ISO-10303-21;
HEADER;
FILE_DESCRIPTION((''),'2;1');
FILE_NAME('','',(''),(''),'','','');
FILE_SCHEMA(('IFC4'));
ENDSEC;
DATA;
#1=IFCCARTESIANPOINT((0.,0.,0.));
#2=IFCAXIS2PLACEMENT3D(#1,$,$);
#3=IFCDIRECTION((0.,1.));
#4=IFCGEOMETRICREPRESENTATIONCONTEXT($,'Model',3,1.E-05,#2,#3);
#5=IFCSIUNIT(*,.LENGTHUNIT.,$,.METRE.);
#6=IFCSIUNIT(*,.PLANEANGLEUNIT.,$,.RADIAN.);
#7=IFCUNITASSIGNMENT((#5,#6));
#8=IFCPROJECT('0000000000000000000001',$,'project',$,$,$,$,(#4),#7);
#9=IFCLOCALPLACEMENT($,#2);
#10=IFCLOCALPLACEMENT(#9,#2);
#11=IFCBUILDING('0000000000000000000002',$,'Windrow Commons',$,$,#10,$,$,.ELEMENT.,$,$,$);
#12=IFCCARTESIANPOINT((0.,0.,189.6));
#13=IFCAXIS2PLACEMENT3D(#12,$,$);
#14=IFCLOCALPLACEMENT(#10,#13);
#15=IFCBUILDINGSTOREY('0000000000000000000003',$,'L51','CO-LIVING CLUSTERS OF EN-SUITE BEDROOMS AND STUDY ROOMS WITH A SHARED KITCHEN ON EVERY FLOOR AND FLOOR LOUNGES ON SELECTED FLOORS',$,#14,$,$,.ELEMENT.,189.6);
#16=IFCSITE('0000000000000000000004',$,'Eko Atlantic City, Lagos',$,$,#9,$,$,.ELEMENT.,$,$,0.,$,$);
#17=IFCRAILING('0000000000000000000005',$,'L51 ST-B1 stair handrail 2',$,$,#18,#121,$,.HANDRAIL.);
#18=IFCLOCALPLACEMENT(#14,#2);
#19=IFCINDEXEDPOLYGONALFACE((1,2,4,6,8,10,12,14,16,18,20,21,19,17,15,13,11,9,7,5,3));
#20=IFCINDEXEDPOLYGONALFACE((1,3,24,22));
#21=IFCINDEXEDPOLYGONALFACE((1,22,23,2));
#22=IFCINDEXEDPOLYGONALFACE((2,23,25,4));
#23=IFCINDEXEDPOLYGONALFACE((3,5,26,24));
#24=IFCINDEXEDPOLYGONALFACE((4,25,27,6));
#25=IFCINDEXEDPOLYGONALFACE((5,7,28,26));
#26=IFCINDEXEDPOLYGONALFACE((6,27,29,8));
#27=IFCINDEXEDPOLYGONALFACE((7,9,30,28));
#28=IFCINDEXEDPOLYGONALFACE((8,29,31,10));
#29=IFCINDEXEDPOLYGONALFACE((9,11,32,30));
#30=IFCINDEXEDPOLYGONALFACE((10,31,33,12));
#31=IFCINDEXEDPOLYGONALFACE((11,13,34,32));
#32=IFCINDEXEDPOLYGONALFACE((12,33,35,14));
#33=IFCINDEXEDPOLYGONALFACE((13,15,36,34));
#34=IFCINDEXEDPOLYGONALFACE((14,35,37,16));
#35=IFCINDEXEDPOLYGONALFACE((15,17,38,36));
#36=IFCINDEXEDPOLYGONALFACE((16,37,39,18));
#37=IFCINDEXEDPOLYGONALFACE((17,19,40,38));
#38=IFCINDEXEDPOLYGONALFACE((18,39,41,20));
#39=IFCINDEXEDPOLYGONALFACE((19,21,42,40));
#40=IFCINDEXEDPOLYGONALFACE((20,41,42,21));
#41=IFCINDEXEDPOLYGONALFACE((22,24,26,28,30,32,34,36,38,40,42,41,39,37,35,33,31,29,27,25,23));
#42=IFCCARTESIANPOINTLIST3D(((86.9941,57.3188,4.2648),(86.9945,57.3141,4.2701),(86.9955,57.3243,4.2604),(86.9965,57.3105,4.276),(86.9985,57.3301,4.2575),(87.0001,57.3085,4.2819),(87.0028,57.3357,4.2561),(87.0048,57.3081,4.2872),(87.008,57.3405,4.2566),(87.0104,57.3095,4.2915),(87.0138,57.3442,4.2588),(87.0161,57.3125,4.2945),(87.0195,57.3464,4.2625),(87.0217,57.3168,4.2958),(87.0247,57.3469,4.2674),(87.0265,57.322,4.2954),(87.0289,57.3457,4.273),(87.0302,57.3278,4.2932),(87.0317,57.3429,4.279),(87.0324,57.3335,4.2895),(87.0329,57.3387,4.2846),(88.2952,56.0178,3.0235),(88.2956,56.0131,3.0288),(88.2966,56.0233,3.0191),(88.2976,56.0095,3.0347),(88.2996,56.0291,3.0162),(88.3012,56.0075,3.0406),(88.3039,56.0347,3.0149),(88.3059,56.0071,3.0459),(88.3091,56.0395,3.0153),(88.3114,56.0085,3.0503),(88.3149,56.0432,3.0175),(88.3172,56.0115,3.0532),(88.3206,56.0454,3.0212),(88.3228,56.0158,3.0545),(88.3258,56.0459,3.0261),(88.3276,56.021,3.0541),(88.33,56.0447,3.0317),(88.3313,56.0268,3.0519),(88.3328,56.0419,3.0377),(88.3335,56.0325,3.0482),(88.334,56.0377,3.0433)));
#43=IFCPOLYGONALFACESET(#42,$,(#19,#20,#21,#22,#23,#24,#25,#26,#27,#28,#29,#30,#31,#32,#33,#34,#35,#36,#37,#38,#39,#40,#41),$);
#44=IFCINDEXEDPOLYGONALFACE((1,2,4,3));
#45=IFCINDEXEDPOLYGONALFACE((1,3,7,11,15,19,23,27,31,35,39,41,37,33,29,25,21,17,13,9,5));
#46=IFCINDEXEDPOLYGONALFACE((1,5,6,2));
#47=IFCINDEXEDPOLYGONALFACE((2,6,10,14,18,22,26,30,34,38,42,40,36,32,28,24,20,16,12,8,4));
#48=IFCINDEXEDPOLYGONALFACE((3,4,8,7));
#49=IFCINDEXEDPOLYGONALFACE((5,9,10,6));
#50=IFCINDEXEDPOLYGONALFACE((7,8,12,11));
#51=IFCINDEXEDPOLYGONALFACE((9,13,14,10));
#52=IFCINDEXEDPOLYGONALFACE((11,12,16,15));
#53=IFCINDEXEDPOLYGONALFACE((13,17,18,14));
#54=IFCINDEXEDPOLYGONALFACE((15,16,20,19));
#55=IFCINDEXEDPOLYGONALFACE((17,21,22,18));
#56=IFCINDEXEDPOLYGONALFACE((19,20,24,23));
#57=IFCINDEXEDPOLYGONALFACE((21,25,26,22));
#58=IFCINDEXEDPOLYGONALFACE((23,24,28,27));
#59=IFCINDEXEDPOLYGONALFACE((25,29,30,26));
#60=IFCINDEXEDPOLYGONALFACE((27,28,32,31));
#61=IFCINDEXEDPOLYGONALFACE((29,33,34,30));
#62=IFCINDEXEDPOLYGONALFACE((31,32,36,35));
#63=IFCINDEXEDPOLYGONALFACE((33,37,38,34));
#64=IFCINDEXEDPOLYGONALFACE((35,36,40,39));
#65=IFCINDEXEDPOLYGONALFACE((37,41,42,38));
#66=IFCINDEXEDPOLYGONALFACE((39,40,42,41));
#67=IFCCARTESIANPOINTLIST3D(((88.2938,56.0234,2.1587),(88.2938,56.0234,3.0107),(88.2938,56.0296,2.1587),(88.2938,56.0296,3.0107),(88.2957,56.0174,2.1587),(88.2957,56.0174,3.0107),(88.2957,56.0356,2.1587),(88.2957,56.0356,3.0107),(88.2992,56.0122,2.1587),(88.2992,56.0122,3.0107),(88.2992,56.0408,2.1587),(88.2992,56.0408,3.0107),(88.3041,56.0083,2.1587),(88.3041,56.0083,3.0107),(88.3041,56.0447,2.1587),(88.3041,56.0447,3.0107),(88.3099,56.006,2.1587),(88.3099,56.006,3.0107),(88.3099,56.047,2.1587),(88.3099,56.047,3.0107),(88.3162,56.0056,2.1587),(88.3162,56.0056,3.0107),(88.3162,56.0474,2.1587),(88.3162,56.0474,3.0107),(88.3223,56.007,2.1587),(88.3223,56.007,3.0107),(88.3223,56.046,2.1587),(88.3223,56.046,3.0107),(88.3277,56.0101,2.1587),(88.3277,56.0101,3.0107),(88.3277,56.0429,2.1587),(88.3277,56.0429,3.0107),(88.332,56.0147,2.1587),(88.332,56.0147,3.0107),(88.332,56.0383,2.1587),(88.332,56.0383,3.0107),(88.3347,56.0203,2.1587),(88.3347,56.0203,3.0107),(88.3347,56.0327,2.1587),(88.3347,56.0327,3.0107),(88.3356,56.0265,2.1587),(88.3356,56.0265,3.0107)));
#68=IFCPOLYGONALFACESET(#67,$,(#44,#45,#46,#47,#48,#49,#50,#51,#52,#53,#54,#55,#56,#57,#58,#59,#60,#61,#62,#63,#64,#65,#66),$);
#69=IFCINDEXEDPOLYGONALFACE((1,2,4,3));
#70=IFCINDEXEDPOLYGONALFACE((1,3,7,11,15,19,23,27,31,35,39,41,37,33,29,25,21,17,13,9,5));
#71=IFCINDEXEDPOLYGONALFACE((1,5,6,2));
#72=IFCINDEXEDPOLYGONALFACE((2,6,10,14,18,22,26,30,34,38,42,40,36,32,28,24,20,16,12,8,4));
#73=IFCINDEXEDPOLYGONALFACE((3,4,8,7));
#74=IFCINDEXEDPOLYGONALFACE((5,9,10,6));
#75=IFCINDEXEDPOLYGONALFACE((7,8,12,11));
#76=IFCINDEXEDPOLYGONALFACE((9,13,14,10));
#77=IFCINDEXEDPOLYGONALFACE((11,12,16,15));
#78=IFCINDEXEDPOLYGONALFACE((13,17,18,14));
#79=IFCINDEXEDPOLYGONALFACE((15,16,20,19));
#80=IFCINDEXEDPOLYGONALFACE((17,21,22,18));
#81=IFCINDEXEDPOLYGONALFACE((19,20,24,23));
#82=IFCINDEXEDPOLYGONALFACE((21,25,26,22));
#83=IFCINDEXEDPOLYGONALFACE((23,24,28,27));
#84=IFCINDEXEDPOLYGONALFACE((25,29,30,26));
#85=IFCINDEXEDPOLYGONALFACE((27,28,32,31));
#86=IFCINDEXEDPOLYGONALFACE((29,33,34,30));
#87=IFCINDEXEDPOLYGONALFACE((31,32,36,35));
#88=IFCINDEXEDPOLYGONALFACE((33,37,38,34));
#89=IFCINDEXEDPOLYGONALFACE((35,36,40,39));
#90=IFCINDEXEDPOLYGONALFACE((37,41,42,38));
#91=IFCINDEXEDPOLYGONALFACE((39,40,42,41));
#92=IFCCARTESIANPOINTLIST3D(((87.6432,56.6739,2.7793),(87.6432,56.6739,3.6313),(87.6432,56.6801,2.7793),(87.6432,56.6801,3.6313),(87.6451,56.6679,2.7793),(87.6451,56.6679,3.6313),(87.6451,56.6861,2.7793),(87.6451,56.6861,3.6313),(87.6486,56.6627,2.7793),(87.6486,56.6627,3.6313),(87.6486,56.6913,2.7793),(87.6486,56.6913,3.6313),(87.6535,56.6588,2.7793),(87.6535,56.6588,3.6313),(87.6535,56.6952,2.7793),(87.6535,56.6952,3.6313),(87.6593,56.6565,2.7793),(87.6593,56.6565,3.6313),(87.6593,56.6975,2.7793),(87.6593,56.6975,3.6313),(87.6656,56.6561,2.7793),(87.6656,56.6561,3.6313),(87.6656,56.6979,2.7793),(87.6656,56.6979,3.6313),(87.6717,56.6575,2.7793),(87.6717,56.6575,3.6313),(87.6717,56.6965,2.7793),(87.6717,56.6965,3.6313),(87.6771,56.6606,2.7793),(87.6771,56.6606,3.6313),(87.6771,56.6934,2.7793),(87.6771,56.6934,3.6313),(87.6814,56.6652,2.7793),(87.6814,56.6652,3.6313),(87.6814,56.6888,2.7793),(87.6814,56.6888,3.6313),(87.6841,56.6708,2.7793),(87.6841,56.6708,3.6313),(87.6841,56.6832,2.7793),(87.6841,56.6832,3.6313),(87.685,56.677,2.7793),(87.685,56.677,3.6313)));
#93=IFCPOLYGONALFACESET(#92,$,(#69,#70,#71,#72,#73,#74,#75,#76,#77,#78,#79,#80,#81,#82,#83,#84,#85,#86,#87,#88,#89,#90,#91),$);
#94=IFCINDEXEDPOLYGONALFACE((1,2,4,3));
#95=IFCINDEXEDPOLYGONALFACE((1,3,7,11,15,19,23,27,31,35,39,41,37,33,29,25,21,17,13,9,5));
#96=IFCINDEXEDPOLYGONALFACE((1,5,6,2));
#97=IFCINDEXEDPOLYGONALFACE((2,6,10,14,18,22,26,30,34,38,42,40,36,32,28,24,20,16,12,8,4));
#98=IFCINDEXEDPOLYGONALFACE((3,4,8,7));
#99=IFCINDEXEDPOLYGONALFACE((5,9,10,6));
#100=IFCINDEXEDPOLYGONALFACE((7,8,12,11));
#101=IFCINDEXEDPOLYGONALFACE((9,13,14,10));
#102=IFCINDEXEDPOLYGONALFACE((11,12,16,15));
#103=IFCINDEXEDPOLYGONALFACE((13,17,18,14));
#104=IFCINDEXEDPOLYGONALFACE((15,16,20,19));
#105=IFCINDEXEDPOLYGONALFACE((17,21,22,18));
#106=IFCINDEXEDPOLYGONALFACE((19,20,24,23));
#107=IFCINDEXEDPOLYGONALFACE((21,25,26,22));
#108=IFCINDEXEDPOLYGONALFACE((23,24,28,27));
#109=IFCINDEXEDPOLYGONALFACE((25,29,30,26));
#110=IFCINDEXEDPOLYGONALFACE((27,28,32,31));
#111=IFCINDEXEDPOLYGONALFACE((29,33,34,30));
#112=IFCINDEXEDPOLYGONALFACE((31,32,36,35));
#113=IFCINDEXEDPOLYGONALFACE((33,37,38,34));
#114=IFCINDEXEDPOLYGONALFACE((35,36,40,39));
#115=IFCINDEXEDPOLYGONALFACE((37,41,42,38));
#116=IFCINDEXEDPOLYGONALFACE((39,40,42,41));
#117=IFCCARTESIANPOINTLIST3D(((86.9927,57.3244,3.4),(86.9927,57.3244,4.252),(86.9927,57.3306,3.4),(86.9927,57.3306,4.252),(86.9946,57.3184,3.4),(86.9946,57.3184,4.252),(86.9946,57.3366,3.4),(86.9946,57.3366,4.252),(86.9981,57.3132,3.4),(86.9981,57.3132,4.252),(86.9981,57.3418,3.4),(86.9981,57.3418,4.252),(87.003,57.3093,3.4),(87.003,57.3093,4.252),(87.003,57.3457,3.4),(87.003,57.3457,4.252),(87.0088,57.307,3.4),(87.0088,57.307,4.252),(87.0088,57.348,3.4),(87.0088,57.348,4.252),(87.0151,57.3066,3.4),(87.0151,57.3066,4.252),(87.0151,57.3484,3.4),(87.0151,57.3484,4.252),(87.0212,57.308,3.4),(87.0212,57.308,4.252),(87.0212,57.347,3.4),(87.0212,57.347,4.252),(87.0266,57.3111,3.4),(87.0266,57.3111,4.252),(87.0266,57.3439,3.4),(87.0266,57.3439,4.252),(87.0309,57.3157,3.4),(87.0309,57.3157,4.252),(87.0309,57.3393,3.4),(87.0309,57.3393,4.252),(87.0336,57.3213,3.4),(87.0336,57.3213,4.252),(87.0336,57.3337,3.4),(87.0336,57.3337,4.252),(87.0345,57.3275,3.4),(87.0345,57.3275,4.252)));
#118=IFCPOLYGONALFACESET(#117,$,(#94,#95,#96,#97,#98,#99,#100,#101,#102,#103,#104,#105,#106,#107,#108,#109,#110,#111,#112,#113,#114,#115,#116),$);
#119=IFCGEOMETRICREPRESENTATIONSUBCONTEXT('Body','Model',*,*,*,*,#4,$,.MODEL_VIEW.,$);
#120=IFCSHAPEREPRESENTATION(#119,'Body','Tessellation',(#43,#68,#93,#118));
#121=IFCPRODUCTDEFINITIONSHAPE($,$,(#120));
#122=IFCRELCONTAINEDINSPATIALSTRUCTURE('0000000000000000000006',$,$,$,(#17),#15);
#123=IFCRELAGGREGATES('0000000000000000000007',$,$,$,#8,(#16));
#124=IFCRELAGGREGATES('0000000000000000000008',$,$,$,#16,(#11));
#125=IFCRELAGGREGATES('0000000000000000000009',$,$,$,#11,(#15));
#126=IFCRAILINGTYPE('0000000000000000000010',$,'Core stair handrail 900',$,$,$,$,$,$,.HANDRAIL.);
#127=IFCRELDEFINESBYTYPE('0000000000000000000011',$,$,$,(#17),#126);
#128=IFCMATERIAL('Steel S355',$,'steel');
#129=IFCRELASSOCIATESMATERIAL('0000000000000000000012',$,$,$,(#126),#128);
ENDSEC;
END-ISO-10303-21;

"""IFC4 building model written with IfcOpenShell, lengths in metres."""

from ifc_helpers import new_model, si_unit, direction, frame, origin, origin_2d, place, context, subcontext, project, spatial, circle, extrude, material, type_object, element, save


model = new_model("IFC4")

# Units and contexts
model_context = context("Model", 3, precision=1e-05, world=origin(), true_north=direction((0.0, 1.0)))
body_context = subcontext(model_context, "Body", "Model", "MODEL_VIEW")
ifc_project = project(units=[si_unit("LENGTHUNIT", "METRE"), si_unit("PLANEANGLEUNIT", "RADIAN")], contexts=[model_context])

# Site, building, storey
site_placement = place(None, origin())
site = spatial("IfcSite", under=ifc_project, at=site_placement, Name="Eko Atlantic City, Lagos", CompositionType="ELEMENT", RefElevation=0.0)
building_placement = place(site_placement, origin())
building = spatial("IfcBuilding", under=site, at=building_placement, Name="Windrow Commons", CompositionType="ELEMENT")
storey_placement = place(building_placement, frame((0.0, 0.0, 189.6)))
storey = spatial("IfcBuildingStorey", under=building, at=storey_placement, Name="L51", Description="CO-LIVING CLUSTERS OF EN-SUITE BEDROOMS AND STUDY ROOMS WITH A SHARED KITCHEN ON EVERY FLOOR AND FLOOR LOUNGES ON SELECTED FLOORS", CompositionType="ELEMENT", Elevation=189.6)

# Railing
ifc_material_1 = material(Name="Steel S355", Category="steel")
railing_type_1 = type_object("IfcRailingType", Name="Core stair handrail 900", PredefinedType="HANDRAIL", material=ifc_material_1)
railing_1_placement = place(storey_placement, frame((88.3146, 56.0265, 2.1587)))
element("IfcRailing", 1, at=railing_1_placement, inside=storey, type_object=railing_type_1, Name="L51 ST-B1 stair handrail 2", PredefinedType="HANDRAIL", context=body_context, shape_type="SweptSolid", body=[
    extrude(circle(Radius=0.024, at=origin_2d()), frame((0.0, 0.0, 0.876), z_axis=(-0.586207, 0.586162, 0.559264), x_axis=(-0.70708, -0.707134, 0.0)), (0.0, 0.0, 1.0), 2.2195),
    extrude(circle(Radius=0.021, at=origin_2d()), origin(), (0.0, 0.0, 1.0), 0.852),
    extrude(circle(Radius=0.021, at=origin_2d()), frame((-0.6506, 0.6505, 0.6206)), (0.0, 0.0, 1.0), 0.852),
    extrude(circle(Radius=0.021, at=origin_2d()), frame((-1.3011, 1.301, 1.2413)), (0.0, 0.0, 1.0), 0.852),
])

save(model, "model.ifc")
